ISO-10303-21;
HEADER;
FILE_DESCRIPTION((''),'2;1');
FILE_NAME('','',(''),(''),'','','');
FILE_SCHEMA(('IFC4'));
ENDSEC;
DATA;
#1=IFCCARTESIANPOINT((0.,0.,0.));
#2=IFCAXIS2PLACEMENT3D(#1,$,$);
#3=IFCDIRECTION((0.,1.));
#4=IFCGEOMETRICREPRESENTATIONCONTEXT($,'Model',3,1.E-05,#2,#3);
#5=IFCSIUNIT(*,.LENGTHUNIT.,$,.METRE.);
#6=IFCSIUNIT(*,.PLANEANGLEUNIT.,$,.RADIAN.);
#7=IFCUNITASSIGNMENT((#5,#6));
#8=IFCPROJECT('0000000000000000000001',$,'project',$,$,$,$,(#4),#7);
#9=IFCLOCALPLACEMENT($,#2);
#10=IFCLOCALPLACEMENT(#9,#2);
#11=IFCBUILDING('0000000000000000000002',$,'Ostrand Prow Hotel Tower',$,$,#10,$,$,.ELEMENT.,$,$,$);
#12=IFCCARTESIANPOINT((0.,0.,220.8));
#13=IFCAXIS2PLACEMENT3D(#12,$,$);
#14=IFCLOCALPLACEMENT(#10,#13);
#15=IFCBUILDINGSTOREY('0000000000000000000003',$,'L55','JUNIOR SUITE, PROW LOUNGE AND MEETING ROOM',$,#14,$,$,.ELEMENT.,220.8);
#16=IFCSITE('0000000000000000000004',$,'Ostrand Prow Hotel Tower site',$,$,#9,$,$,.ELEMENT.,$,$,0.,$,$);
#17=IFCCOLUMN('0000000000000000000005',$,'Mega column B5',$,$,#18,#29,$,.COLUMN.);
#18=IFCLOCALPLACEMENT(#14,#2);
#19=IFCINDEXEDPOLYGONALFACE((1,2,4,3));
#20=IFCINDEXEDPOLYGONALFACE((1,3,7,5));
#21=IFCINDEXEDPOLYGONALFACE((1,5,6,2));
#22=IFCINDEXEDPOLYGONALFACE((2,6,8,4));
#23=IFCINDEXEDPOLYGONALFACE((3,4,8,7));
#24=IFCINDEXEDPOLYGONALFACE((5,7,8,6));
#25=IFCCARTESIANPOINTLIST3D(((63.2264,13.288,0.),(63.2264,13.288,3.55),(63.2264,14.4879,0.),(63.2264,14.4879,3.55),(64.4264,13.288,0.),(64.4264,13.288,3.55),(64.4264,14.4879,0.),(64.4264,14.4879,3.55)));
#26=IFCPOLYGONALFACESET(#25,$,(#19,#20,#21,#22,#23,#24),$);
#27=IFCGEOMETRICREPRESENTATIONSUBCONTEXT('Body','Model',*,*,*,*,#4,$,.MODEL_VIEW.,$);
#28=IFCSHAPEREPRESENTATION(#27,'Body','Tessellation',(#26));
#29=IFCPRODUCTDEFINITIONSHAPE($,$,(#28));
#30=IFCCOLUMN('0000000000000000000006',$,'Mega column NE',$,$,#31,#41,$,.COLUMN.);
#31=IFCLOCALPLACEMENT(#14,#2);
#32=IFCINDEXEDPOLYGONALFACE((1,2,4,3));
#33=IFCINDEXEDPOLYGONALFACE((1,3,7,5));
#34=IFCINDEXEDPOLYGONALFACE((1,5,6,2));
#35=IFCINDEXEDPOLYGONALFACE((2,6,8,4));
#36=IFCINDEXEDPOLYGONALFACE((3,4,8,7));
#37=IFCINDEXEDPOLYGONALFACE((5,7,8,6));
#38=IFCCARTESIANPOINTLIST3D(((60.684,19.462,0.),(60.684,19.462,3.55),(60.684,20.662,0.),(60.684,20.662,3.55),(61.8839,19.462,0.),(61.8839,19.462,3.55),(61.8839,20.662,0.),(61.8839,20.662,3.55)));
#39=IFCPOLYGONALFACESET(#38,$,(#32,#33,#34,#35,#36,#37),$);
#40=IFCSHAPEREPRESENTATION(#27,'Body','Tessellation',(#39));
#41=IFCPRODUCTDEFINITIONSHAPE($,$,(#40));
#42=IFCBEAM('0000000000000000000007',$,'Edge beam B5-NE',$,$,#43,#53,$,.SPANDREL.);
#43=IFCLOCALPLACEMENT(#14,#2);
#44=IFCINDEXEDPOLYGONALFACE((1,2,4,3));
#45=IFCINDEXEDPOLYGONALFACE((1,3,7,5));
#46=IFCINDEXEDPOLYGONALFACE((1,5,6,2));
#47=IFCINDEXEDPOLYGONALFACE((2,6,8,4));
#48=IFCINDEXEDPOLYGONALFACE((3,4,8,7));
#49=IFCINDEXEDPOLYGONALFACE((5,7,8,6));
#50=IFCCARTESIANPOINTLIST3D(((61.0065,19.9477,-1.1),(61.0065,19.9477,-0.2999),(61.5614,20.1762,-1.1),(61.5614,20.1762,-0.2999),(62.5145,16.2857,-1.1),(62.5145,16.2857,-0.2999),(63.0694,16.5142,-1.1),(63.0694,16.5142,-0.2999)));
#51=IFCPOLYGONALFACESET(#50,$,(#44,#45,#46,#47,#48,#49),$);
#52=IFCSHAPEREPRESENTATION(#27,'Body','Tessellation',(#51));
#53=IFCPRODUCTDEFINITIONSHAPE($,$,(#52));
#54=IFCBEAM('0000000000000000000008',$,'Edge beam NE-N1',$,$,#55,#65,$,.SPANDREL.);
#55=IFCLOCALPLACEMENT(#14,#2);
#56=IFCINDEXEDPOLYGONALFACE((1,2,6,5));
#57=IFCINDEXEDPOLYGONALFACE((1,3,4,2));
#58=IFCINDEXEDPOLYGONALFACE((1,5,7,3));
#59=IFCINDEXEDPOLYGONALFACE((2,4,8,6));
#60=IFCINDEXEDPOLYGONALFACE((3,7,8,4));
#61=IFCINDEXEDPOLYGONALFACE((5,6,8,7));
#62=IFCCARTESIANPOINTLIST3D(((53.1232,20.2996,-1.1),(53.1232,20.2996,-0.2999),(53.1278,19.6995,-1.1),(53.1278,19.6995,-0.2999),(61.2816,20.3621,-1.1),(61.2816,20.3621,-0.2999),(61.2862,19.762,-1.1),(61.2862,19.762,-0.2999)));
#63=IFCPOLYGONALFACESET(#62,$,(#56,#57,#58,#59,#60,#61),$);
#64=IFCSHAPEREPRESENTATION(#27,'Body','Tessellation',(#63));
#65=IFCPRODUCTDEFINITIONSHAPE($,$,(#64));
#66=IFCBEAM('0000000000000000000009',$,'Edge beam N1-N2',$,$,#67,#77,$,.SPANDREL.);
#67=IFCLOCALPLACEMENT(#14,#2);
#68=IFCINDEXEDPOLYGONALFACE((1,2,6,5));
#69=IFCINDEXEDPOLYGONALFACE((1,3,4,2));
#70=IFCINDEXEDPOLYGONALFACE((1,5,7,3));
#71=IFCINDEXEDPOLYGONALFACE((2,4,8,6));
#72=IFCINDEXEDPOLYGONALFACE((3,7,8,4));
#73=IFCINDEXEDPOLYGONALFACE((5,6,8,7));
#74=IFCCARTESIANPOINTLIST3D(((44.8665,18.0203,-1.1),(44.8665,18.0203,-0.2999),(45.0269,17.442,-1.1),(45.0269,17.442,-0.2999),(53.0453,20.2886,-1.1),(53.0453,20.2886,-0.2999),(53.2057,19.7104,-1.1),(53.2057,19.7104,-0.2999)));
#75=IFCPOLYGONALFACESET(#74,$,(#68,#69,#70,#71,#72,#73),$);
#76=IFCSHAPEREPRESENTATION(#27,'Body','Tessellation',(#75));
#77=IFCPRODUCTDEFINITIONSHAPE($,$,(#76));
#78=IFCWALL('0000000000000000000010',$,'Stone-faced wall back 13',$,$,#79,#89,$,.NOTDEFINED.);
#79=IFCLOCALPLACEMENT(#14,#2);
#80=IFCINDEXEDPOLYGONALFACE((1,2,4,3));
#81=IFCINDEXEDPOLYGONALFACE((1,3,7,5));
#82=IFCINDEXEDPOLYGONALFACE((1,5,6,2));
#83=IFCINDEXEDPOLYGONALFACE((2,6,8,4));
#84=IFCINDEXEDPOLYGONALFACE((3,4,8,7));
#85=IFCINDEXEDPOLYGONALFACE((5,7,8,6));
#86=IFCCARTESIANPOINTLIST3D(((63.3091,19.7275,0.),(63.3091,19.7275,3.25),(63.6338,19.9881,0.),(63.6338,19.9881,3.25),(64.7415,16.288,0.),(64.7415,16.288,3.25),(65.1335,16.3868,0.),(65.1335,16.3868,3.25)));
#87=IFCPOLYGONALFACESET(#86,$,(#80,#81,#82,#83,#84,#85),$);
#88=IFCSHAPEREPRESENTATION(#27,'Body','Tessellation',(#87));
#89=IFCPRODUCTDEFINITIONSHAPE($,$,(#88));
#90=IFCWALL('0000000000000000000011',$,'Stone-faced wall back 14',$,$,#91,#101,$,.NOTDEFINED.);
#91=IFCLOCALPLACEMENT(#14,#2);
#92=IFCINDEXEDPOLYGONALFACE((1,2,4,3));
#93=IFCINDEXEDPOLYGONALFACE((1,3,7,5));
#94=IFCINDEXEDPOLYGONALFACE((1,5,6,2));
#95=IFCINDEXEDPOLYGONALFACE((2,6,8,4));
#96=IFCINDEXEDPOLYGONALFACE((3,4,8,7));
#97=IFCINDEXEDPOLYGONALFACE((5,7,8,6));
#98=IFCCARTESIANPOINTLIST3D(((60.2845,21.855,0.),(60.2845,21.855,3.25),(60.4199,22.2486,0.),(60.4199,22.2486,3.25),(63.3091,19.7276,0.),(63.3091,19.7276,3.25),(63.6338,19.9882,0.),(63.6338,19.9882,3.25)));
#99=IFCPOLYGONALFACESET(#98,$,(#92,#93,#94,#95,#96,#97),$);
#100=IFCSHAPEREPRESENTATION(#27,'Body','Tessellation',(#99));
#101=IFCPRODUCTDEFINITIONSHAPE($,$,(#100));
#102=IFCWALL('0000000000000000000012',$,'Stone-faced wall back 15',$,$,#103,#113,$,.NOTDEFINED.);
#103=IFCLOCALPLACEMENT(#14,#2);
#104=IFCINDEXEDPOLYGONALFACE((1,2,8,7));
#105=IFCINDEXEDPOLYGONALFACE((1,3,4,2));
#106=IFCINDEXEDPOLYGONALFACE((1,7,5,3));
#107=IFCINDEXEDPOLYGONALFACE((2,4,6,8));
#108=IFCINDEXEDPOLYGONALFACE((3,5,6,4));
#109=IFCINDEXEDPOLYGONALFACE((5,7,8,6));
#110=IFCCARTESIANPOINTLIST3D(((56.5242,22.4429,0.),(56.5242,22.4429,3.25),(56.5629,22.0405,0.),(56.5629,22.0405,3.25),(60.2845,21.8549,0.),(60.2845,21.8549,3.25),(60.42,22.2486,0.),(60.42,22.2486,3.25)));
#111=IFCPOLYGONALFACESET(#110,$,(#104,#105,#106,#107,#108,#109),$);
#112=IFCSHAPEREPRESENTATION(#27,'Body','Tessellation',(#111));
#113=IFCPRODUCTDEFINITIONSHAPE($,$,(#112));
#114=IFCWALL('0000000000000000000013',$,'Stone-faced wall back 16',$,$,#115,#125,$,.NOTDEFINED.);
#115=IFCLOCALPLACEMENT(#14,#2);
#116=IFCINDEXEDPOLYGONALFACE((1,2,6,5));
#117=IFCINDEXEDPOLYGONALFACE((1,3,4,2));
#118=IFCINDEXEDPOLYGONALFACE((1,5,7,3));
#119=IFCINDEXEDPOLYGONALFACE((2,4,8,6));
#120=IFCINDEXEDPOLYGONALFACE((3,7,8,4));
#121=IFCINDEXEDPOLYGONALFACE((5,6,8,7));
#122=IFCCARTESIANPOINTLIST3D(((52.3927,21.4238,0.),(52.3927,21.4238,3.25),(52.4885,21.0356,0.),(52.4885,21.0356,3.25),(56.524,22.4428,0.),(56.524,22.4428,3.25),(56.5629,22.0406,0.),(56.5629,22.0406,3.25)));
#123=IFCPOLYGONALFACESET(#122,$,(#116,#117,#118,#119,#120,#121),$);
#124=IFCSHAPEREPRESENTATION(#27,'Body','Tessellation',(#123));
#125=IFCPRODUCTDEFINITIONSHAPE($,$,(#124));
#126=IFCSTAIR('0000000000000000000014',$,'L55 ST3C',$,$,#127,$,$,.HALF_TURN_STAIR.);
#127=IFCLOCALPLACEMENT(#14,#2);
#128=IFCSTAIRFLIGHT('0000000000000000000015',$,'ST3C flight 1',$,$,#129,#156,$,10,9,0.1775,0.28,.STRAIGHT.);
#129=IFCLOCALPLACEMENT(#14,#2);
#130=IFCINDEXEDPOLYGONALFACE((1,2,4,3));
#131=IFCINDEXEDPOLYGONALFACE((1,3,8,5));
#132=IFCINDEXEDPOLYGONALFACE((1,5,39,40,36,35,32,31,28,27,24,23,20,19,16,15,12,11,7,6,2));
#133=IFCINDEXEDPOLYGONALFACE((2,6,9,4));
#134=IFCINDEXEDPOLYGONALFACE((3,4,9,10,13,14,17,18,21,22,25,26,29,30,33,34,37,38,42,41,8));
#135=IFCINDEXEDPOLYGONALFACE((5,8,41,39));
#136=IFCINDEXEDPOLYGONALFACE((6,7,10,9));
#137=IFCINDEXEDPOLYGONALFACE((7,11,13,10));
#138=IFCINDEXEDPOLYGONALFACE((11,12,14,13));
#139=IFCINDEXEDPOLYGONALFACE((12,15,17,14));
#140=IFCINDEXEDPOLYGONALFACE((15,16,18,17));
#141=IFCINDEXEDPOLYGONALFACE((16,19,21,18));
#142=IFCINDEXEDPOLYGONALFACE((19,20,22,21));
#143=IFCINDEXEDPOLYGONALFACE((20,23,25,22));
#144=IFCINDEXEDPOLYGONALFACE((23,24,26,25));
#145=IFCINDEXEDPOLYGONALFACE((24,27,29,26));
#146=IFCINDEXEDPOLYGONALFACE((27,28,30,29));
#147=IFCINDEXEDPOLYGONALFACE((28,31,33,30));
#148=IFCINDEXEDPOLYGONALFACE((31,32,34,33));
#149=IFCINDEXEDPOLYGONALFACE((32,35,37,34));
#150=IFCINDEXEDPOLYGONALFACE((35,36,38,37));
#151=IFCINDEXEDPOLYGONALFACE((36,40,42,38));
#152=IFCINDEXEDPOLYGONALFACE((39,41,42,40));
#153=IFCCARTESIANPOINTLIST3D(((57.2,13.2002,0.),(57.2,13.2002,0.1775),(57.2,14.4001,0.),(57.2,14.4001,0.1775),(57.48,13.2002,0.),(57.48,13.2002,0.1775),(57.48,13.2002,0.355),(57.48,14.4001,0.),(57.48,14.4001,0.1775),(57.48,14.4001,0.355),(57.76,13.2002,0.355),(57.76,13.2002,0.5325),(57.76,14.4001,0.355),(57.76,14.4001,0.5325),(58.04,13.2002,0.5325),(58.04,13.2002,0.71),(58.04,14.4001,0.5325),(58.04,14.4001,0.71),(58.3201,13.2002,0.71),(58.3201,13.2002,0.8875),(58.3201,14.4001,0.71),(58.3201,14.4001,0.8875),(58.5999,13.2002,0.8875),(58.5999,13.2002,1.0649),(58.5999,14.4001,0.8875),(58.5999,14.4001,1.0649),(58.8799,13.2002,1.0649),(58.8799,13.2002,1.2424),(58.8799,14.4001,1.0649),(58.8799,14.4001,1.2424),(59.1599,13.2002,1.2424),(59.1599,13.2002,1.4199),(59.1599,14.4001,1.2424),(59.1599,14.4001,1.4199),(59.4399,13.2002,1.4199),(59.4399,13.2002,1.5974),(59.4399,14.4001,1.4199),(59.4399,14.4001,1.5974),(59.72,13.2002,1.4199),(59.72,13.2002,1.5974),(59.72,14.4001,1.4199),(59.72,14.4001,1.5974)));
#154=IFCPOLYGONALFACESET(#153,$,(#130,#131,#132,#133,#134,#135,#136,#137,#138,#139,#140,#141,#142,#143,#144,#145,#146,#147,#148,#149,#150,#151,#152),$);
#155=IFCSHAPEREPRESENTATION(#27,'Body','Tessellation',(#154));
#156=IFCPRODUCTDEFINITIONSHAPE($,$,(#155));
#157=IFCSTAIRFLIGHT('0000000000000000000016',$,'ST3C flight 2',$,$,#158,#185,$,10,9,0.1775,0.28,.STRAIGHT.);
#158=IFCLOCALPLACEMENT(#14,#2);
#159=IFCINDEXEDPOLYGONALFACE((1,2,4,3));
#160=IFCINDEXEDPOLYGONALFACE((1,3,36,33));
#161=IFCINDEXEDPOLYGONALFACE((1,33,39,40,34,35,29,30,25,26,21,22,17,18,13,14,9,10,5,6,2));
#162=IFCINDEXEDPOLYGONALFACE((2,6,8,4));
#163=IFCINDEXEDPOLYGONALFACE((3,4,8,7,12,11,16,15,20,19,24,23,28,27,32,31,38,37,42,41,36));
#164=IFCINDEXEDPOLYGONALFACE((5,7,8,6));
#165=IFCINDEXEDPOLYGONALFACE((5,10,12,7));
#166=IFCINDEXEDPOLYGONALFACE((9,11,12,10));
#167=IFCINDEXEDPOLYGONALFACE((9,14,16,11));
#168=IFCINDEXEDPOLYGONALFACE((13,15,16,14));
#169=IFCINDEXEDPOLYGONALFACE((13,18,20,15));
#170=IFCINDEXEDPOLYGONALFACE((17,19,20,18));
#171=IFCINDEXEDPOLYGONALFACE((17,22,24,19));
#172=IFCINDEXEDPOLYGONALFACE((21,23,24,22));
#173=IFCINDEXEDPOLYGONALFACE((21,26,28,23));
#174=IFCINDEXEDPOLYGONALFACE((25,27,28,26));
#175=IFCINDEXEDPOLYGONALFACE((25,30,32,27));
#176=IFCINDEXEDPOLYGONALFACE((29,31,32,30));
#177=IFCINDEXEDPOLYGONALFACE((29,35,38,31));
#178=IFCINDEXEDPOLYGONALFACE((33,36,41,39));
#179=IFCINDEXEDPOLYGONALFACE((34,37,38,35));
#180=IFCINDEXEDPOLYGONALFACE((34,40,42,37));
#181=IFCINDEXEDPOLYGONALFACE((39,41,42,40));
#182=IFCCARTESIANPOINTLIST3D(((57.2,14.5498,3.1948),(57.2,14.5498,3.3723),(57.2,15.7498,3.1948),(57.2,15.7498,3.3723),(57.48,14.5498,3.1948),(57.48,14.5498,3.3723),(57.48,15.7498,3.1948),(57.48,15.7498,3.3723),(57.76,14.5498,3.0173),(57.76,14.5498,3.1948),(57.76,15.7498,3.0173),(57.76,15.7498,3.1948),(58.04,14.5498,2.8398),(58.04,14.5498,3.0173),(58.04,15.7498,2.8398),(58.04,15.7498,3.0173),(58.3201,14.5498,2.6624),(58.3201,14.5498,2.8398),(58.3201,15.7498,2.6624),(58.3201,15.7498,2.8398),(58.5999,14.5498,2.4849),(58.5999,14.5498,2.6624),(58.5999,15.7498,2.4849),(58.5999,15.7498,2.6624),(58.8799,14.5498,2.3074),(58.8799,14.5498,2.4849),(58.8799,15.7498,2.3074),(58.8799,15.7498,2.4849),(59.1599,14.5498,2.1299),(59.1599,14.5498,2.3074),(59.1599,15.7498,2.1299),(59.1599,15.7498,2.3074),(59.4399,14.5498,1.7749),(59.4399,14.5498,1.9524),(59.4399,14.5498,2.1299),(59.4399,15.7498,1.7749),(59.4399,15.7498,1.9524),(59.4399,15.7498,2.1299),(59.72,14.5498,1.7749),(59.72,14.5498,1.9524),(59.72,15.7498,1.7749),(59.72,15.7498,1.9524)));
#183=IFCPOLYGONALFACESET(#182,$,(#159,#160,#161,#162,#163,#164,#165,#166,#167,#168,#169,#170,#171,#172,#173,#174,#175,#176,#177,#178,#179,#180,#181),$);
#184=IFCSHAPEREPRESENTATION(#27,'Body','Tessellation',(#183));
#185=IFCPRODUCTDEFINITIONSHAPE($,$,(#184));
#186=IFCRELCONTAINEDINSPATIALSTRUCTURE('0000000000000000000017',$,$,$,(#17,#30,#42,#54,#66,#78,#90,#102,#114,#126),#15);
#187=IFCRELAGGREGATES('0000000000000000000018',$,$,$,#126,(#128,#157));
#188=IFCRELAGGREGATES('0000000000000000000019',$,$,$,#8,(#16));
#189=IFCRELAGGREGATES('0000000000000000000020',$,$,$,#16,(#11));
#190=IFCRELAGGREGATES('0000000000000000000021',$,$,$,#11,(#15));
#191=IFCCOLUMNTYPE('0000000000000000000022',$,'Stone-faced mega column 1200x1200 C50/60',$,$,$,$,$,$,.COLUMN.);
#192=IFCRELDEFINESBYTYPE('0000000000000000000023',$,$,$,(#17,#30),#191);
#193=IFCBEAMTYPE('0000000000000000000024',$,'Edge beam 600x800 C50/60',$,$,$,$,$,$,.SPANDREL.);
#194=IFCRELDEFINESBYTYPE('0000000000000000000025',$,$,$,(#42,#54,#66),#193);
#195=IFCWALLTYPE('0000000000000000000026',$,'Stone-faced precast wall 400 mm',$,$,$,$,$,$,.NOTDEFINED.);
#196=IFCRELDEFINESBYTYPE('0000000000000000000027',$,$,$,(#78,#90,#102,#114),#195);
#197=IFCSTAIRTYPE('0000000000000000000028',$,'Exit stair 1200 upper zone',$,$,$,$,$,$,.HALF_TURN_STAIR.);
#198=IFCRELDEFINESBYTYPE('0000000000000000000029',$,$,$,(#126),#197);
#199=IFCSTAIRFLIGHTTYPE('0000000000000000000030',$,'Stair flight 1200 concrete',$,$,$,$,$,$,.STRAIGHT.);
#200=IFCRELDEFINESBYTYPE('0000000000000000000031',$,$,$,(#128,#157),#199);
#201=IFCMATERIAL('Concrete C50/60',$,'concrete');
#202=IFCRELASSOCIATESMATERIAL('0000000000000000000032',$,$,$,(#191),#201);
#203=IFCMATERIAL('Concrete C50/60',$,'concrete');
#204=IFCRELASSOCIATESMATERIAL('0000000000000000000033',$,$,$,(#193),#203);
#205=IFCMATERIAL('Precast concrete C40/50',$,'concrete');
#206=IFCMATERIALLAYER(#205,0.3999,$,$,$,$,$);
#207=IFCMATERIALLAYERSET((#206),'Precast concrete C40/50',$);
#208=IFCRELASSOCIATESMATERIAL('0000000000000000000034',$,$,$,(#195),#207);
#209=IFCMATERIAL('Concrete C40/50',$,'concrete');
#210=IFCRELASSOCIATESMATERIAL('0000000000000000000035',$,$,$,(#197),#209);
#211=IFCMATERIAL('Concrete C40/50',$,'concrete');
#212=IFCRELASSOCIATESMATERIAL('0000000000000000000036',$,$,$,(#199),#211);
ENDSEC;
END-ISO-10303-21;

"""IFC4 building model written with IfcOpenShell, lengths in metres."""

from ifc_helpers import new_model, si_unit, direction, frame, origin, origin_2d, place, context, subcontext, project, spatial, polyline, rectangle, outline, extrude, material, layer, layer_set, material_profile, profile_set, type_object, element, aggregate, save


model = new_model("IFC4")

# Units and contexts
model_context = context("Model", 3, precision=1e-05, world=origin(), true_north=direction((0.0, 1.0)))
body_context = subcontext(model_context, "Body", "Model", "MODEL_VIEW")
ifc_project = project(units=[si_unit("LENGTHUNIT", "METRE"), si_unit("PLANEANGLEUNIT", "RADIAN")], contexts=[model_context])

# Site, building, storey
site_placement = place(None, origin())
site = spatial("IfcSite", under=ifc_project, at=site_placement, Name="Ostrand Prow Hotel Tower site", CompositionType="ELEMENT", RefElevation=0.0)
building_placement = place(site_placement, origin())
building = spatial("IfcBuilding", under=site, at=building_placement, Name="Ostrand Prow Hotel Tower", CompositionType="ELEMENT")
storey_placement = place(building_placement, frame((0.0, 0.0, 220.8)))
storey = spatial("IfcBuildingStorey", under=building, at=storey_placement, Name="L55", Description="JUNIOR SUITE, PROW LOUNGE AND MEETING ROOM", CompositionType="ELEMENT", Elevation=220.8)

# Columns
ifc_material_1 = material(Name="Concrete C50/60", Category="concrete")
ifc_material_profile_1 = material_profile(ifc_material_1, rectangle(XDim=1.2, YDim=1.2, at=origin_2d()), Name="RC 1200x1200")
ifc_profile_set_1 = profile_set([ifc_material_profile_1], Name="Concrete C50/60")
column_type = type_object("IfcColumnType", Name="Stone-faced mega column 1200x1200 C50/60", PredefinedType="COLUMN", material=ifc_profile_set_1)
for number, where, z_axis, x_axis, name in (
    (1, (63.8264, 13.8879, 0.0), (0.0, 0.0, 1.0), (1.0, 0.0, 0.0), "Mega column B5"),
    (2, (61.2839, 20.062, 0.0), (0.0, 0.0, 1.0), (1.0, 0.0, 0.0), "Mega column NE"),
):
    element("IfcColumn", number, at=place(storey_placement, frame(where, z_axis=z_axis, x_axis=x_axis)), inside=storey, type_object=column_type, Name=name, PredefinedType="COLUMN", context=body_context, shape_type="SweptSolid", body=[
        extrude(rectangle(XDim=1.2, YDim=1.2, at=origin_2d()), origin(), (0.0, 0.0, 1.0), 3.55),
    ])

# Beams
ifc_material_2 = material(Name="Concrete C50/60", Category="concrete")
ifc_material_profile_2 = material_profile(ifc_material_2, rectangle(XDim=0.6001, YDim=0.8, at=origin_2d()), Name="RC 600x800")
ifc_profile_set_2 = profile_set([ifc_material_profile_2], Name="Concrete C50/60")
beam_type = type_object("IfcBeamType", Name="Edge beam 600x800 C50/60", PredefinedType="SPANDREL", material=ifc_profile_set_2)
beam_1_placement = place(storey_placement, frame((62.792, 16.3999, -0.7), z_axis=(-0.380778, 0.924667, 0.0), x_axis=(-0.924667, -0.380778, 0.0)))
element("IfcBeam", 3, at=beam_1_placement, inside=storey, type_object=beam_type, Name="Edge beam B5-NE", PredefinedType="SPANDREL", context=body_context, shape_type="SweptSolid", body=[
    extrude(rectangle(XDim=0.6001, YDim=0.8, at=origin_2d()), origin(), (0.0, 0.0, 1.0), 3.9604),
])
beam_2_placement = place(storey_placement, frame((61.2839, 20.062, -0.7), z_axis=(-0.999971, -0.007661, 0.0), x_axis=(0.007661, -0.999971, 0.0)))
element("IfcBeam", 4, at=beam_2_placement, inside=storey, type_object=beam_type, Name="Edge beam NE-N1", PredefinedType="SPANDREL", context=body_context, shape_type="SweptSolid", body=[
    extrude(rectangle(XDim=0.6001, YDim=0.8, at=origin_2d()), origin(), (0.0, 0.0, 1.0), 8.1587),
])
beam_3_placement = place(storey_placement, frame((53.1255, 19.9995, -0.7), z_axis=(-0.963626, -0.267255, 0.0), x_axis=(0.267255, -0.963626, 0.0)))
element("IfcBeam", 5, at=beam_3_placement, inside=storey, type_object=beam_type, Name="Edge beam N1-N2", PredefinedType="SPANDREL", context=body_context, shape_type="SweptSolid", body=[
    extrude(rectangle(XDim=0.6001, YDim=0.8, at=origin_2d()), origin(), (0.0, 0.0, 1.0), 8.4875),
])

# Walls
ifc_material_3 = material(Name="Precast concrete C40/50", Category="concrete")
ifc_layer_1 = layer(ifc_material_3, 0.3999)
ifc_layer_set_1 = layer_set([ifc_layer_1], Name="Precast concrete C40/50")
wall_type = type_object("IfcWallType", Name="Stone-faced precast wall 400 mm", PredefinedType="NOTDEFINED", material=ifc_layer_set_1)
wall_1_placement = place(storey_placement, frame((64.9375, 16.3374, 0.0), z_axis=(0.0, 0.0, 1.0), x_axis=(-0.384434, 0.923153, 0.0)))
element("IfcWall", 6, at=wall_1_placement, inside=storey, type_object=wall_type, Name="Stone-faced wall back 13", PredefinedType="NOTDEFINED", context=body_context, shape_type="SweptSolid", body=[
    extrude(outline(polyline([(-0.0298, -0.2), (3.8713, -0.2), (3.7556, 0.2), (0.0298, 0.2), (-0.0298, -0.2)])), origin(), (0.0, 0.0, 1.0), 3.25),
])
wall_2_placement = place(storey_placement, frame((63.4714, 19.8579, 0.0), z_axis=(0.0, 0.0, 1.0), x_axis=(-0.817943, 0.5753, 0.0)))
element("IfcWall", 7, at=wall_2_placement, inside=storey, type_object=wall_type, Name="Stone-faced wall back 14", PredefinedType="NOTDEFINED", context=body_context, shape_type="SweptSolid", body=[
    extrude(outline(polyline([(-0.0579, -0.2), (3.8713, -0.2), (3.7556, 0.2), (0.0579, 0.2), (-0.0579, -0.2)])), origin(), (0.0, 0.0, 1.0), 3.25),
])
wall_3_placement = place(storey_placement, frame((60.3523, 22.0518, 0.0), z_axis=(0.0, 0.0, 1.0), x_axis=(-0.998759, 0.049807, 0.0)))
element("IfcWall", 8, at=wall_3_placement, inside=storey, type_object=wall_type, Name="Stone-faced wall back 15", PredefinedType="NOTDEFINED", context=body_context, shape_type="SweptSolid", body=[
    extrude(outline(polyline([(-0.0579, -0.2), (3.8428, -0.2), (3.7842, 0.2), (0.0579, 0.2), (-0.0579, -0.2)])), origin(), (0.0, 0.0, 1.0), 3.25),
])
wall_4_placement = place(storey_placement, frame((56.5435, 22.2417, 0.0), z_axis=(0.0, 0.0, 1.0), x_axis=(-0.970902, -0.239476, 0.0)))
element("IfcWall", 9, at=wall_4_placement, inside=storey, type_object=wall_type, Name="Stone-faced wall back 16", PredefinedType="NOTDEFINED", context=body_context, shape_type="SweptSolid", body=[
    extrude(outline(polyline([(-0.0293, -0.2), (4.2258, -0.2), (4.2258, 0.2), (0.0293, 0.2), (-0.0293, -0.2)])), origin(), (0.0, 0.0, 1.0), 3.25),
])

# Stair, stair flights
ifc_material_4 = material(Name="Concrete C40/50", Category="concrete")
stair_type = type_object("IfcStairType", Name="Exit stair 1200 upper zone", PredefinedType="HALF_TURN_STAIR", material=ifc_material_4)
stair_placement = place(storey_placement, origin())
stair = element("IfcStair", 10, at=stair_placement, inside=storey, type_object=stair_type, Name="L55 ST3C", PredefinedType="HALF_TURN_STAIR")
ifc_material_5 = material(Name="Concrete C40/50", Category="concrete")
stair_flight_type = type_object("IfcStairFlightType", Name="Stair flight 1200 concrete", PredefinedType="STRAIGHT", material=ifc_material_5)
stair_flight_1_placement = place(storey_placement, frame((57.2, 13.8, 0.0), z_axis=(0.0, 0.0, 1.0), x_axis=(1.0, 0.0, 0.0)))
stair_flight_1 = element("IfcStairFlight", 11, at=stair_flight_1_placement, type_object=stair_flight_type, Name="ST3C flight 1", NumberOfRisers=10, NumberOfTreads=9, PredefinedType="STRAIGHT", RiserHeight=0.1775, TreadLength=0.28, context=body_context, shape_type="SweptSolid", body=[
    extrude(outline(polyline([(0.0, 0.0), (0.0, 0.1775), (0.28, 0.1775), (0.28, 0.355), (0.5601, 0.355), (0.5601, 0.5325), (0.8401, 0.5325), (0.8401, 0.71), (1.1201, 0.71), (1.1201, 0.8875), (1.3999, 0.8875), (1.3999, 1.0649), (1.6799, 1.0649), (1.6799, 1.2424), (1.96, 1.2424), (1.96, 1.4199), (2.24, 1.4199), (2.24, 1.5974), (2.52, 1.5974), (2.52, 1.7749), (2.52, 1.4199), (0.28, 0.0), (0.0, 0.0)])), frame((0.0, 0.6001, 0.0), z_axis=(0.0, -1.0, 0.0), x_axis=(1.0, 0.0, 0.0)), (0.0, 0.0, 1.0), 1.2),
])
stair_flight_2_placement = place(storey_placement, frame((59.72, 15.1499, 1.7749), z_axis=(0.0, 0.0, 1.0), x_axis=(-1.0, 0.0, 0.0)))
stair_flight_2 = element("IfcStairFlight", 12, at=stair_flight_2_placement, type_object=stair_flight_type, Name="ST3C flight 2", NumberOfRisers=10, NumberOfTreads=9, PredefinedType="STRAIGHT", RiserHeight=0.1775, TreadLength=0.28, context=body_context, shape_type="SweptSolid", body=[
    extrude(outline(polyline([(0.0, 0.0), (0.0, 0.1775), (0.28, 0.1775), (0.28, 0.355), (0.5601, 0.355), (0.5601, 0.5325), (0.8401, 0.5325), (0.8401, 0.71), (1.1201, 0.71), (1.1201, 0.8875), (1.3999, 0.8875), (1.3999, 1.0649), (1.6799, 1.0649), (1.6799, 1.2424), (1.96, 1.2424), (1.96, 1.4199), (2.24, 1.4199), (2.24, 1.5974), (2.52, 1.5974), (2.52, 1.7749), (2.52, 1.4199), (0.28, 0.0), (0.0, 0.0)])), frame((0.0, 0.6001, 0.0), z_axis=(0.0, -1.0, 0.0), x_axis=(1.0, 0.0, 0.0)), (0.0, 0.0, 1.0), 1.2),
])
aggregate(stair, [stair_flight_1, stair_flight_2])

save(model, "model.ifc")
